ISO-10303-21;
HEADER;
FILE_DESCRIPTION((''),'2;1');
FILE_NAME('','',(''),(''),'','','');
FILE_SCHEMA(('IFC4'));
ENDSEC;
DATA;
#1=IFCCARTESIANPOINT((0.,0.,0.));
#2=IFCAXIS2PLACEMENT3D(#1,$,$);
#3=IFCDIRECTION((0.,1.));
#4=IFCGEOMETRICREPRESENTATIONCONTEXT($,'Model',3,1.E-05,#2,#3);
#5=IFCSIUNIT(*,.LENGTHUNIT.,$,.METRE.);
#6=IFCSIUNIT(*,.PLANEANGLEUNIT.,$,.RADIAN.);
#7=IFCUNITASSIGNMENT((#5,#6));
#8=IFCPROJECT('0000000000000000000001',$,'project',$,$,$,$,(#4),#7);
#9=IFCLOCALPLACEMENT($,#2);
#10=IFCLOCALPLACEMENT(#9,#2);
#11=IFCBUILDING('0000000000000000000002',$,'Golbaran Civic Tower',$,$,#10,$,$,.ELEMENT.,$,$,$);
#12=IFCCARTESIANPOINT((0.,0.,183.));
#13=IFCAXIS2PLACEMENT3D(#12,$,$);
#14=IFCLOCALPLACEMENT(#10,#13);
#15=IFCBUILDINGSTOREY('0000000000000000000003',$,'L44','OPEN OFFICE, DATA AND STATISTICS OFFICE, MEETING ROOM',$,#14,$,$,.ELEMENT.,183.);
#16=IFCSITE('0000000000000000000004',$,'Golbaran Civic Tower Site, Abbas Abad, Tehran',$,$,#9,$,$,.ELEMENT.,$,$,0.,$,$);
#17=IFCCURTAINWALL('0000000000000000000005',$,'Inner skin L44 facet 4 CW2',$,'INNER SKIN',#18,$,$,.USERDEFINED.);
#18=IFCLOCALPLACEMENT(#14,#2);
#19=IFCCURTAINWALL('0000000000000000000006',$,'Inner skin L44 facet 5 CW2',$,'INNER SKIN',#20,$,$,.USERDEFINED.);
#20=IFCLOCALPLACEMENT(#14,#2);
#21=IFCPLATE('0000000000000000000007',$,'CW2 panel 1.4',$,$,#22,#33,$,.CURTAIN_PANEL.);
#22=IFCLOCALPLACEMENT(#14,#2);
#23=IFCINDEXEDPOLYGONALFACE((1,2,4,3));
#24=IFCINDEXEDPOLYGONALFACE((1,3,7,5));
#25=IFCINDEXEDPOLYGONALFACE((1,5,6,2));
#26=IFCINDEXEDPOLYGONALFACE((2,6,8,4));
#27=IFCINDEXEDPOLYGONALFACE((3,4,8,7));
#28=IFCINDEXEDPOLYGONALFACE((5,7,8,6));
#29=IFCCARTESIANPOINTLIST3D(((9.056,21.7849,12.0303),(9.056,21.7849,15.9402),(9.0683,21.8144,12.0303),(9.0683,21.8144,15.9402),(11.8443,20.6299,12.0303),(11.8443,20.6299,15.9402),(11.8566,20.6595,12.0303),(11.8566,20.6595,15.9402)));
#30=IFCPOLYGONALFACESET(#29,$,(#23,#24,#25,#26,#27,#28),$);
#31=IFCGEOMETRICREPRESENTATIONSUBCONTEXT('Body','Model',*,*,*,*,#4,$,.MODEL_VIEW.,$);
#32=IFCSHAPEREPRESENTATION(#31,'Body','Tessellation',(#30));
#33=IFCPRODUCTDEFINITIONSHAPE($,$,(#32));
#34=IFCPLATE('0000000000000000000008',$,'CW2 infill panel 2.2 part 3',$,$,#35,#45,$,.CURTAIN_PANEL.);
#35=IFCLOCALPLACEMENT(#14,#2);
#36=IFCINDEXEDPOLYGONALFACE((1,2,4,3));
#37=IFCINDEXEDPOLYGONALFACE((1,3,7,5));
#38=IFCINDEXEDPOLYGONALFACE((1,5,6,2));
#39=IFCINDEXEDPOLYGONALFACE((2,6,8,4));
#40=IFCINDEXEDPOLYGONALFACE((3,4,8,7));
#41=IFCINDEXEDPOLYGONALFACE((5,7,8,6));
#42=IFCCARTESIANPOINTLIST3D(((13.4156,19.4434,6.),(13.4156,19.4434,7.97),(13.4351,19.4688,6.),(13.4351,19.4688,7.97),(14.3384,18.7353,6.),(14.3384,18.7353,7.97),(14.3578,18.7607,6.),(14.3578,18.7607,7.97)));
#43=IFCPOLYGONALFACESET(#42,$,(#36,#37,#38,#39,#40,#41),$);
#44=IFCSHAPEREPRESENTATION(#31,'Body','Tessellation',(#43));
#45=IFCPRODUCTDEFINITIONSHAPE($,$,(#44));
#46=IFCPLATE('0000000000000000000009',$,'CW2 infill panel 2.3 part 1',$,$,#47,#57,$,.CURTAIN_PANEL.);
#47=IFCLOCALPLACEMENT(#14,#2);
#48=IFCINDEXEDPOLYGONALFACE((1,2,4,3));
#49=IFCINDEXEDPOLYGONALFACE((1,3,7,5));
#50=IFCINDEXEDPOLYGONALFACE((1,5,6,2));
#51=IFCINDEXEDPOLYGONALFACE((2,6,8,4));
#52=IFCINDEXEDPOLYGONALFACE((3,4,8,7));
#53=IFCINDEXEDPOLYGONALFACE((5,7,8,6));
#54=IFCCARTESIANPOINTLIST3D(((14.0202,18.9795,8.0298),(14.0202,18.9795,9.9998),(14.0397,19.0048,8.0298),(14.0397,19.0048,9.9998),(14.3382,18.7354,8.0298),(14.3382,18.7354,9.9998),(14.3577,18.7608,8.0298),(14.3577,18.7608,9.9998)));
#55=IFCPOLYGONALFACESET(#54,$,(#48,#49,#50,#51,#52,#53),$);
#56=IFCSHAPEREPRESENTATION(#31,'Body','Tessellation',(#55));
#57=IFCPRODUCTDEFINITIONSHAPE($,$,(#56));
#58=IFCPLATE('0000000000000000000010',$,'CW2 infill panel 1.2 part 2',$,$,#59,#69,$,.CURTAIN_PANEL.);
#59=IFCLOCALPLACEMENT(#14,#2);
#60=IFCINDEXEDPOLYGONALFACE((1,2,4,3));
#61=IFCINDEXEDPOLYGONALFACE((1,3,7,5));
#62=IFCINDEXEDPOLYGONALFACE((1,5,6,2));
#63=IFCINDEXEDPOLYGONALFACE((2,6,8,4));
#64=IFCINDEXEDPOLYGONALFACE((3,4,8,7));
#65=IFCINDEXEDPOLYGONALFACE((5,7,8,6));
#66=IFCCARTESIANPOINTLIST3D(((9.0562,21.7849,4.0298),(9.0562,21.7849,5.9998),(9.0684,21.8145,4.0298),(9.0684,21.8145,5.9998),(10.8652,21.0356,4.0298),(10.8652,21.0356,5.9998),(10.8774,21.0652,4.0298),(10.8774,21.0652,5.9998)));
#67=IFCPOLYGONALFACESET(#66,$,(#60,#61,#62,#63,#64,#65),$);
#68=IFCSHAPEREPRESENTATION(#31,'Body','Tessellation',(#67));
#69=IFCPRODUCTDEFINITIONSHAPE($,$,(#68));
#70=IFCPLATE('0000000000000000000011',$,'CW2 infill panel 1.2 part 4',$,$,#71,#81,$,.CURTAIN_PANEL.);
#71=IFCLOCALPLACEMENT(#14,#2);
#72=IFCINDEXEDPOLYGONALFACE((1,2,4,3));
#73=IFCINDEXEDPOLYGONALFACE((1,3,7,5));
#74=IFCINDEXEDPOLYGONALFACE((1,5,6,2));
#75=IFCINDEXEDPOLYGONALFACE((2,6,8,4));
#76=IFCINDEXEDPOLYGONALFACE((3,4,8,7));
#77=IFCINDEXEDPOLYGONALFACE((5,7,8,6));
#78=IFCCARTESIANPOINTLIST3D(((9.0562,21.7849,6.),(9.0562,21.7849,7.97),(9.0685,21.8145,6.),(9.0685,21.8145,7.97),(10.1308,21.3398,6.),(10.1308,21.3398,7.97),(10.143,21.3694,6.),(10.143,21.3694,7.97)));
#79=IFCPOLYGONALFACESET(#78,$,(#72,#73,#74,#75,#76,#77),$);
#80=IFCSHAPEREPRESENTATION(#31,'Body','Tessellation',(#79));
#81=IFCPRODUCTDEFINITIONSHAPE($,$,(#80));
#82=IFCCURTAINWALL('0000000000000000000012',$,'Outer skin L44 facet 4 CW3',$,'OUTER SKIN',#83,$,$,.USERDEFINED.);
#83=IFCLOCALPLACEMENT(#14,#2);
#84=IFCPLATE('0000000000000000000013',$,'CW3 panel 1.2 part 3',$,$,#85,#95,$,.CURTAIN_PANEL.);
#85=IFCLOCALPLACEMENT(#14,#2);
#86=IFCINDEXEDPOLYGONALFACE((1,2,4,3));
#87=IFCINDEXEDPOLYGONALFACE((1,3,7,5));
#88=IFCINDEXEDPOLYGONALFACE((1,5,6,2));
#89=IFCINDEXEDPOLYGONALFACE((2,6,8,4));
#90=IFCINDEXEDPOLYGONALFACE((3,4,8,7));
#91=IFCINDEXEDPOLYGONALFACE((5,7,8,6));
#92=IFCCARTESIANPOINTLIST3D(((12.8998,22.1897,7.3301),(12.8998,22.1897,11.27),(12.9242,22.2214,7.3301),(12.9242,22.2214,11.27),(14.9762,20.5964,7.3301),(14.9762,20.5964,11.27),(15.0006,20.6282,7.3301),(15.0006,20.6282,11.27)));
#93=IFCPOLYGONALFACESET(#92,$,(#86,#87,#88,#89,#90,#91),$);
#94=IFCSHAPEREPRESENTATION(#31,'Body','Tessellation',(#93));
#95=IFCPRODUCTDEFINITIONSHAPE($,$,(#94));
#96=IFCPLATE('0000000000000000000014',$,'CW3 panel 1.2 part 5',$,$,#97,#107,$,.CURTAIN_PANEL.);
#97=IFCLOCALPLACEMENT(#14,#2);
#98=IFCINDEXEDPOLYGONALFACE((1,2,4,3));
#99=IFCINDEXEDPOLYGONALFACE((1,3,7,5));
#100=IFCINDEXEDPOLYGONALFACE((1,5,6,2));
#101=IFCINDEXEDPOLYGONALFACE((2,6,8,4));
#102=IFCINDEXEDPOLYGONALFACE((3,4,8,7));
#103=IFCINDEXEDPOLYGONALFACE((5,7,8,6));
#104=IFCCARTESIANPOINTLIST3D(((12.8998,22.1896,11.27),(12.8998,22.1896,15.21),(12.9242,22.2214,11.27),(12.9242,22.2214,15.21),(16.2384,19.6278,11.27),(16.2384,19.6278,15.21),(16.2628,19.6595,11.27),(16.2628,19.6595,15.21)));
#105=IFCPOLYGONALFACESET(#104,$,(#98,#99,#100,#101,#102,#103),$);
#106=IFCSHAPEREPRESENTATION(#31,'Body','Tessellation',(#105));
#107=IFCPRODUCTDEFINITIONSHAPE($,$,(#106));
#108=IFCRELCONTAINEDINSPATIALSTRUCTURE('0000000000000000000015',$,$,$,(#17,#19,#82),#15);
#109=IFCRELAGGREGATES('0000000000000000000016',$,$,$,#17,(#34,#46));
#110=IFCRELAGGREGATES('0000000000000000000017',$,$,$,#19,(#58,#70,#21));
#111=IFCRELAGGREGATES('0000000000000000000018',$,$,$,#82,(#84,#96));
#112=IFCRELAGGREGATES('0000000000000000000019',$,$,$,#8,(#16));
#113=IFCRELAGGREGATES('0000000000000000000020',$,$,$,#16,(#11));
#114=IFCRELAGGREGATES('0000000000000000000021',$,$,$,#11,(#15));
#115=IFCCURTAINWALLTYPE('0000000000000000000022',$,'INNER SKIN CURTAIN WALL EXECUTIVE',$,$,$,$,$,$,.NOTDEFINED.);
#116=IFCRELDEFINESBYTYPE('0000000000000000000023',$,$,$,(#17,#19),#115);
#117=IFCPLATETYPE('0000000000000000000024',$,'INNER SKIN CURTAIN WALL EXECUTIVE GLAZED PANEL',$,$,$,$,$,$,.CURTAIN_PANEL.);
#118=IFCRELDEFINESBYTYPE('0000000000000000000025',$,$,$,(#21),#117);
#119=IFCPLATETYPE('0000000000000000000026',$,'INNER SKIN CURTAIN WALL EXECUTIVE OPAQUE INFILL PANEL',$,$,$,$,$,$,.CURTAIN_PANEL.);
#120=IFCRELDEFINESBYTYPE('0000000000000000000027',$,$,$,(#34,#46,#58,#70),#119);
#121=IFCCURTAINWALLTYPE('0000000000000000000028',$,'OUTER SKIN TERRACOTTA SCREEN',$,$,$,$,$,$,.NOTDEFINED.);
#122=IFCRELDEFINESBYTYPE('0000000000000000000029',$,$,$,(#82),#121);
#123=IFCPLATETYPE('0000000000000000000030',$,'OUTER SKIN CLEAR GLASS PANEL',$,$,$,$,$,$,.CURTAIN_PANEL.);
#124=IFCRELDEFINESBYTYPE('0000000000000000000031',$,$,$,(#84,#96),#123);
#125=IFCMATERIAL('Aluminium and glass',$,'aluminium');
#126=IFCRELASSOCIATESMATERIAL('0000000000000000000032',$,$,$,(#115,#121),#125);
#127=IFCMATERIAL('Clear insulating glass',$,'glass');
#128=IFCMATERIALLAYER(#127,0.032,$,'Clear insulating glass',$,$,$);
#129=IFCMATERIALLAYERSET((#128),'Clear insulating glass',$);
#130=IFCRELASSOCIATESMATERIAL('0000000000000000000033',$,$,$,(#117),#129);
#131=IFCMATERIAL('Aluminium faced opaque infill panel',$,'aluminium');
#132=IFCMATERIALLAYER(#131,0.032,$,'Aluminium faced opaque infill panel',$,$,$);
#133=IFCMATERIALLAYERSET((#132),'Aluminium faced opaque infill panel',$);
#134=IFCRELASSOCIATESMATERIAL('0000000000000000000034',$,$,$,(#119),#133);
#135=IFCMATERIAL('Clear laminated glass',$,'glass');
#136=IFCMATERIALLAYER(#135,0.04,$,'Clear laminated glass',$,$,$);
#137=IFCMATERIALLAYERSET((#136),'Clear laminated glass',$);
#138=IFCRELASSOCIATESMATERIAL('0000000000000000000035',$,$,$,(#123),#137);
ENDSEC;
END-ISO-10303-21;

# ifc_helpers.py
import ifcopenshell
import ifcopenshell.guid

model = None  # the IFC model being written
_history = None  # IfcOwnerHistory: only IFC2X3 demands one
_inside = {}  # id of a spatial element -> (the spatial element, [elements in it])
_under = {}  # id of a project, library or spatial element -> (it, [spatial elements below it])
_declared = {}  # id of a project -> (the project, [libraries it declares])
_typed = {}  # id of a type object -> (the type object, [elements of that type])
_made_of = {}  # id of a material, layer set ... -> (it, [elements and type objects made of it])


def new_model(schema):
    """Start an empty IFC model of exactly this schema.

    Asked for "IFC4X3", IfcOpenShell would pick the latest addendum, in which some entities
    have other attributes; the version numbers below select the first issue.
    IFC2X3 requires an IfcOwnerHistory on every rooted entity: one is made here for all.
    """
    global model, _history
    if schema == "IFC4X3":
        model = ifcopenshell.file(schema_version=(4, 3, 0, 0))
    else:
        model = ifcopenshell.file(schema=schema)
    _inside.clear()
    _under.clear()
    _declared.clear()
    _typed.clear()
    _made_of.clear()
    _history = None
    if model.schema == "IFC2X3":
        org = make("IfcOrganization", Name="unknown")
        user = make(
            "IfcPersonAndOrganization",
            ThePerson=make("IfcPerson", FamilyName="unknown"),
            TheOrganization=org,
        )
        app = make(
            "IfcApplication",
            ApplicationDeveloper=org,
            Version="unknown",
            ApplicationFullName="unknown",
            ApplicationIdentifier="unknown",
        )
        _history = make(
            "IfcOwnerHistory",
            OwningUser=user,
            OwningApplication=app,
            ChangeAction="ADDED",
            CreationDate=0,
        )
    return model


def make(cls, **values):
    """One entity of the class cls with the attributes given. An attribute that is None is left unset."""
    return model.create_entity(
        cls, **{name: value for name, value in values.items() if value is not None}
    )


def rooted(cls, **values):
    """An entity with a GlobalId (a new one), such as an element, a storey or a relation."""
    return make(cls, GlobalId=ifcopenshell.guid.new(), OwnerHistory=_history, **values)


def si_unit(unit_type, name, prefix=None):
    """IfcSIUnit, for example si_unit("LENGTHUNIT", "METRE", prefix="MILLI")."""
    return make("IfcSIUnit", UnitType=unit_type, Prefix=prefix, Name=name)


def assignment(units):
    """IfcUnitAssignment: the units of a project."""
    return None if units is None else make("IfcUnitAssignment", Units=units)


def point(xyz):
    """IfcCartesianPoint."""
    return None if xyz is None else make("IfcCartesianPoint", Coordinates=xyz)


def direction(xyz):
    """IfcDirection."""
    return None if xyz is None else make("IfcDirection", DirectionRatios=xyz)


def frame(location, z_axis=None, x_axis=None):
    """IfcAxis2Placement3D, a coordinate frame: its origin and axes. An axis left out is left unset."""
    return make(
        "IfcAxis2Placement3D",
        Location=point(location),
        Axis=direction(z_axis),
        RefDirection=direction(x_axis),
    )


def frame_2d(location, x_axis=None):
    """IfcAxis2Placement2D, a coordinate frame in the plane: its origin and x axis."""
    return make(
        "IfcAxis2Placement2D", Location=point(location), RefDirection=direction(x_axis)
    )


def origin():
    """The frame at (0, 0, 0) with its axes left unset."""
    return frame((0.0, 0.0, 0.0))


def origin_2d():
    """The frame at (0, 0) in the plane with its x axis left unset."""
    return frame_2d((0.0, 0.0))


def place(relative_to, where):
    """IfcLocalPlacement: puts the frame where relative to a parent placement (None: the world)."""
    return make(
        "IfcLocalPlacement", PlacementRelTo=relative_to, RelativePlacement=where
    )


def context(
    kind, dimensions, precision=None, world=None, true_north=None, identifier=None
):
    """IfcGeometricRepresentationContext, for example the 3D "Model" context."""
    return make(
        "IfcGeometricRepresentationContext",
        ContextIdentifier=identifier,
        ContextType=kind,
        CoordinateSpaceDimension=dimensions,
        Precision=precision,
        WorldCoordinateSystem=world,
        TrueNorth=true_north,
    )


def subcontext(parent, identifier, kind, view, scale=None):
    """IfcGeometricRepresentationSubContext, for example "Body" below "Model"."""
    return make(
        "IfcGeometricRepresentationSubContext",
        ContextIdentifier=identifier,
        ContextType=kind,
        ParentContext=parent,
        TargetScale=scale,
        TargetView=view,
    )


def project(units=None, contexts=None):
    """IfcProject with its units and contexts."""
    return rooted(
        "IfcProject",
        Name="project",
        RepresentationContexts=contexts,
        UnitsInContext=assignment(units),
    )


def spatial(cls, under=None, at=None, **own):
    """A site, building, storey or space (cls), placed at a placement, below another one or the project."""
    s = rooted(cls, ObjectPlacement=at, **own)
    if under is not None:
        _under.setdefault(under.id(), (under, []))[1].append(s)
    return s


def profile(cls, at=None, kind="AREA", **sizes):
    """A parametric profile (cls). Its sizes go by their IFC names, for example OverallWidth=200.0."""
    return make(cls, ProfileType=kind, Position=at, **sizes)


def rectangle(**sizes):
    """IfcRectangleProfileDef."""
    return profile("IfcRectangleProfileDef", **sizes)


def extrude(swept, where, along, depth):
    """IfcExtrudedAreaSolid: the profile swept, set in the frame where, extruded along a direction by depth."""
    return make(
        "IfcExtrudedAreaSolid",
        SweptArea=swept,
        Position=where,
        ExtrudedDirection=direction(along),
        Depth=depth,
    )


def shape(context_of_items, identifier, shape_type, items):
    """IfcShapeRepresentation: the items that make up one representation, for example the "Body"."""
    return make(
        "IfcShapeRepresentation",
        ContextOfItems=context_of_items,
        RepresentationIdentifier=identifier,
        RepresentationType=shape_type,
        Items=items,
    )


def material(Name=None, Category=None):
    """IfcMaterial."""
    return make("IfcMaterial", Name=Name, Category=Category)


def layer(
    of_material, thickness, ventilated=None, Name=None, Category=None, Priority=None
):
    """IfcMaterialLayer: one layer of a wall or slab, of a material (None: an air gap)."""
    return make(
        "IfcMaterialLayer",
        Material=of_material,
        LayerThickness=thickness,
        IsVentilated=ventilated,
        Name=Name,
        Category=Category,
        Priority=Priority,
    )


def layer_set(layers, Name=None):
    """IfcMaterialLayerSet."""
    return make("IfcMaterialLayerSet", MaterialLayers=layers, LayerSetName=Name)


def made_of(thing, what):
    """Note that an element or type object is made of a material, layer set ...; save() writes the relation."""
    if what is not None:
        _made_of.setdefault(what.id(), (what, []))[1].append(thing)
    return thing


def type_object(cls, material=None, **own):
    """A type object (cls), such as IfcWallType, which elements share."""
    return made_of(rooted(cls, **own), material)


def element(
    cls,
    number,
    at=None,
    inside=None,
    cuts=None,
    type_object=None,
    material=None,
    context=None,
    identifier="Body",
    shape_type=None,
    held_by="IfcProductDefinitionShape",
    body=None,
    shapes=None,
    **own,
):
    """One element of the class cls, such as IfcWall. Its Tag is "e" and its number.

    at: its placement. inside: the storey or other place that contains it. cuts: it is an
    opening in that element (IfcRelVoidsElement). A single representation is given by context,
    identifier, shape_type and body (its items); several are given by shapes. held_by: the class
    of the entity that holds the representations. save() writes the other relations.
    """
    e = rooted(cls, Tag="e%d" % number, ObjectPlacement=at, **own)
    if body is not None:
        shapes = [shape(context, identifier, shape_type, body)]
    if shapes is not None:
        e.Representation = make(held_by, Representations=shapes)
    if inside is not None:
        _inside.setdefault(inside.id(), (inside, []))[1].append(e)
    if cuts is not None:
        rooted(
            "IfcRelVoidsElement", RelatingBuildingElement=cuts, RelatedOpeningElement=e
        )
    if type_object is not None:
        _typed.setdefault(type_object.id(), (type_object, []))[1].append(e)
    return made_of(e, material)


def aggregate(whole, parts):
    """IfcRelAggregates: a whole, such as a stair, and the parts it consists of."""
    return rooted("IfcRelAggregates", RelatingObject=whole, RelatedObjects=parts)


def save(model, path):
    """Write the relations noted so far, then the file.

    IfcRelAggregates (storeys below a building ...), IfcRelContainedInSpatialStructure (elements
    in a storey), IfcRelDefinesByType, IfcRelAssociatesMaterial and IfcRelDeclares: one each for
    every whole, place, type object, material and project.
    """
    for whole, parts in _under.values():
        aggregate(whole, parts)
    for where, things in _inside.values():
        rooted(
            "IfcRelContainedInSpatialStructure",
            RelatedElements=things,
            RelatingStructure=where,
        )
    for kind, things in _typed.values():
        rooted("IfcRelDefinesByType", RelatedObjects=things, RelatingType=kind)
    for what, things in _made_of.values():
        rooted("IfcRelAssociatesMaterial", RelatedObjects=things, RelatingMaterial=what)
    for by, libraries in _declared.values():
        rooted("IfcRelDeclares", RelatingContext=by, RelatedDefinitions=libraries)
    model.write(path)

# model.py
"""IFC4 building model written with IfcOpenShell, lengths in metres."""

from ifc_helpers import new_model, si_unit, direction, frame, origin, origin_2d, place, context, subcontext, project, spatial, rectangle, extrude, material, layer, layer_set, type_object, element, aggregate, save


model = new_model("IFC4")

# Units and contexts
model_context = context("Model", 3, precision=1e-05, world=origin(), true_north=direction((0.0, 1.0)))
body_context = subcontext(model_context, "Body", "Model", "MODEL_VIEW")
ifc_project = project(units=[si_unit("LENGTHUNIT", "METRE"), si_unit("PLANEANGLEUNIT", "RADIAN")], contexts=[model_context])

# Site, building, storey
site_placement = place(None, origin())
site = spatial("IfcSite", under=ifc_project, at=site_placement, Name="Golbaran Civic Tower Site, Abbas Abad, Tehran", CompositionType="ELEMENT", RefElevation=0.0)
building_placement = place(site_placement, origin())
building = spatial("IfcBuilding", under=site, at=building_placement, Name="Golbaran Civic Tower", CompositionType="ELEMENT")
storey_placement = place(building_placement, frame((0.0, 0.0, 183.0)))
storey = spatial("IfcBuildingStorey", under=building, at=storey_placement, Name="L44", Description="OPEN OFFICE, DATA AND STATISTICS OFFICE, MEETING ROOM", CompositionType="ELEMENT", Elevation=183.0)

# Curtain walls
ifc_material_1 = material(Name="Aluminium and glass", Category="aluminium")
curtain_wall_type_1 = type_object("IfcCurtainWallType", Name="INNER SKIN CURTAIN WALL EXECUTIVE", PredefinedType="NOTDEFINED", material=ifc_material_1)
curtain_wall_1_placement = place(storey_placement, origin())
curtain_wall_1 = element("IfcCurtainWall", 1, at=curtain_wall_1_placement, inside=storey, type_object=curtain_wall_type_1, Name="Inner skin L44 facet 4 CW2", ObjectType="INNER SKIN", PredefinedType="USERDEFINED")
curtain_wall_2_placement = place(storey_placement, origin())
curtain_wall_2 = element("IfcCurtainWall", 2, at=curtain_wall_2_placement, inside=storey, type_object=curtain_wall_type_1, Name="Inner skin L44 facet 5 CW2", ObjectType="INNER SKIN", PredefinedType="USERDEFINED")

# Plates
ifc_material_2 = material(Name="Clear insulating glass", Category="glass")
ifc_layer_1 = layer(ifc_material_2, 0.032, Name="Clear insulating glass")
ifc_layer_set_1 = layer_set([ifc_layer_1], Name="Clear insulating glass")
plate_type_1 = type_object("IfcPlateType", Name="INNER SKIN CURTAIN WALL EXECUTIVE GLAZED PANEL", PredefinedType="CURTAIN_PANEL", material=ifc_layer_set_1)
plate_1_placement = place(storey_placement, frame((10.4563, 21.2222, 12.0303), z_axis=(0.0, 0.0, 1.0), x_axis=(-0.92388, 0.382683, 0.0)))
plate_1 = element("IfcPlate", 3, at=plate_1_placement, type_object=plate_type_1, Name="CW2 panel 1.4", PredefinedType="CURTAIN_PANEL", context=body_context, shape_type="SweptSolid", body=[
    extrude(rectangle(XDim=3.0181, YDim=0.032, at=origin_2d()), origin(), (0.0, 0.0, 1.0), 3.9099),
])
ifc_material_3 = material(Name="Aluminium faced opaque infill panel", Category="aluminium")
ifc_layer_2 = layer(ifc_material_3, 0.032, Name="Aluminium faced opaque infill panel")
ifc_layer_set_2 = layer_set([ifc_layer_2], Name="Aluminium faced opaque infill panel")
plate_type_2 = type_object("IfcPlateType", Name="INNER SKIN CURTAIN WALL EXECUTIVE OPAQUE INFILL PANEL", PredefinedType="CURTAIN_PANEL", material=ifc_layer_set_2)
plate_2_placement = place(storey_placement, frame((13.8867, 19.1021, 6.0), z_axis=(0.0, 0.0, 1.0), x_axis=(-0.793353, 0.608761, 0.0)))
plate_2 = element("IfcPlate", 4, at=plate_2_placement, type_object=plate_type_2, Name="CW2 infill panel 2.2 part 3", PredefinedType="CURTAIN_PANEL", context=body_context, shape_type="SweptSolid", body=[
    extrude(rectangle(XDim=1.1631, YDim=0.032, at=origin_2d()), origin(), (0.0, 0.0, 1.0), 1.97),
])
plate_3_placement = place(storey_placement, frame((14.189, 18.8701, 8.0298), z_axis=(0.0, 0.0, 1.0), x_axis=(-0.793353, 0.608761, 0.0)))
plate_3 = element("IfcPlate", 5, at=plate_3_placement, type_object=plate_type_2, Name="CW2 infill panel 2.3 part 1", PredefinedType="CURTAIN_PANEL", context=body_context, shape_type="SweptSolid", body=[
    extrude(rectangle(XDim=0.4009, YDim=0.032, at=origin_2d()), origin(), (0.0, 0.0, 1.0), 1.97),
])
aggregate(curtain_wall_1, [plate_2, plate_3])
plate_4_placement = place(storey_placement, frame((9.9668, 21.425, 4.0298), z_axis=(0.0, 0.0, 1.0), x_axis=(-0.92388, 0.382683, 0.0)))
plate_4 = element("IfcPlate", 6, at=plate_4_placement, type_object=plate_type_2, Name="CW2 infill panel 1.2 part 2", PredefinedType="CURTAIN_PANEL", context=body_context, shape_type="SweptSolid", body=[
    extrude(rectangle(XDim=1.958, YDim=0.032, at=origin_2d()), origin(), (0.0, 0.0, 1.0), 1.97),
])
plate_5_placement = place(storey_placement, frame((9.5996, 21.5771, 6.0), z_axis=(0.0, 0.0, 1.0), x_axis=(-0.92388, 0.382683, 0.0)))
plate_5 = element("IfcPlate", 7, at=plate_5_placement, type_object=plate_type_2, Name="CW2 infill panel 1.2 part 4", PredefinedType="CURTAIN_PANEL", context=body_context, shape_type="SweptSolid", body=[
    extrude(rectangle(XDim=1.1631, YDim=0.032, at=origin_2d()), origin(), (0.0, 0.0, 1.0), 1.97),
])
aggregate(curtain_wall_2, [plate_4, plate_5, plate_1])

# Curtain wall, plates
curtain_wall_type_2 = type_object("IfcCurtainWallType", Name="OUTER SKIN TERRACOTTA SCREEN", PredefinedType="NOTDEFINED", material=ifc_material_1)
curtain_wall_3_placement = place(storey_placement, origin())
curtain_wall_3 = element("IfcCurtainWall", 8, at=curtain_wall_3_placement, inside=storey, type_object=curtain_wall_type_2, Name="Outer skin L44 facet 4 CW3", ObjectType="OUTER SKIN", PredefinedType="USERDEFINED")
ifc_material_4 = material(Name="Clear laminated glass", Category="glass")
ifc_layer_3 = layer(ifc_material_4, 0.04, Name="Clear laminated glass")
ifc_layer_set_3 = layer_set([ifc_layer_3], Name="Clear laminated glass")
plate_type_3 = type_object("IfcPlateType", Name="OUTER SKIN CLEAR GLASS PANEL", PredefinedType="CURTAIN_PANEL", material=ifc_layer_set_3)
plate_6_placement = place(storey_placement, frame((13.9502, 21.4089, 7.3301), z_axis=(0.0, 0.0, 1.0), x_axis=(-0.793353, 0.608761, 0.0)))
plate_6 = element("IfcPlate", 9, at=plate_6_placement, type_object=plate_type_3, Name="CW3 panel 1.2 part 3", PredefinedType="CURTAIN_PANEL", context=body_context, shape_type="SweptSolid", body=[
    extrude(rectangle(XDim=2.6172, YDim=0.04, at=origin_2d()), origin(), (0.0, 0.0, 1.0), 3.9399),
])
plate_7_placement = place(storey_placement, frame((14.5813, 20.9246, 11.27), z_axis=(0.0, 0.0, 1.0), x_axis=(-0.793353, 0.608761, 0.0)))
plate_7 = element("IfcPlate", 10, at=plate_7_placement, type_object=plate_type_3, Name="CW3 panel 1.2 part 5", PredefinedType="CURTAIN_PANEL", context=body_context, shape_type="SweptSolid", body=[
    extrude(rectangle(XDim=4.2083, YDim=0.04, at=origin_2d()), origin(), (0.0, 0.0, 1.0), 3.9399),
])
aggregate(curtain_wall_3, [plate_6, plate_7])

save(model, "model.ifc")
